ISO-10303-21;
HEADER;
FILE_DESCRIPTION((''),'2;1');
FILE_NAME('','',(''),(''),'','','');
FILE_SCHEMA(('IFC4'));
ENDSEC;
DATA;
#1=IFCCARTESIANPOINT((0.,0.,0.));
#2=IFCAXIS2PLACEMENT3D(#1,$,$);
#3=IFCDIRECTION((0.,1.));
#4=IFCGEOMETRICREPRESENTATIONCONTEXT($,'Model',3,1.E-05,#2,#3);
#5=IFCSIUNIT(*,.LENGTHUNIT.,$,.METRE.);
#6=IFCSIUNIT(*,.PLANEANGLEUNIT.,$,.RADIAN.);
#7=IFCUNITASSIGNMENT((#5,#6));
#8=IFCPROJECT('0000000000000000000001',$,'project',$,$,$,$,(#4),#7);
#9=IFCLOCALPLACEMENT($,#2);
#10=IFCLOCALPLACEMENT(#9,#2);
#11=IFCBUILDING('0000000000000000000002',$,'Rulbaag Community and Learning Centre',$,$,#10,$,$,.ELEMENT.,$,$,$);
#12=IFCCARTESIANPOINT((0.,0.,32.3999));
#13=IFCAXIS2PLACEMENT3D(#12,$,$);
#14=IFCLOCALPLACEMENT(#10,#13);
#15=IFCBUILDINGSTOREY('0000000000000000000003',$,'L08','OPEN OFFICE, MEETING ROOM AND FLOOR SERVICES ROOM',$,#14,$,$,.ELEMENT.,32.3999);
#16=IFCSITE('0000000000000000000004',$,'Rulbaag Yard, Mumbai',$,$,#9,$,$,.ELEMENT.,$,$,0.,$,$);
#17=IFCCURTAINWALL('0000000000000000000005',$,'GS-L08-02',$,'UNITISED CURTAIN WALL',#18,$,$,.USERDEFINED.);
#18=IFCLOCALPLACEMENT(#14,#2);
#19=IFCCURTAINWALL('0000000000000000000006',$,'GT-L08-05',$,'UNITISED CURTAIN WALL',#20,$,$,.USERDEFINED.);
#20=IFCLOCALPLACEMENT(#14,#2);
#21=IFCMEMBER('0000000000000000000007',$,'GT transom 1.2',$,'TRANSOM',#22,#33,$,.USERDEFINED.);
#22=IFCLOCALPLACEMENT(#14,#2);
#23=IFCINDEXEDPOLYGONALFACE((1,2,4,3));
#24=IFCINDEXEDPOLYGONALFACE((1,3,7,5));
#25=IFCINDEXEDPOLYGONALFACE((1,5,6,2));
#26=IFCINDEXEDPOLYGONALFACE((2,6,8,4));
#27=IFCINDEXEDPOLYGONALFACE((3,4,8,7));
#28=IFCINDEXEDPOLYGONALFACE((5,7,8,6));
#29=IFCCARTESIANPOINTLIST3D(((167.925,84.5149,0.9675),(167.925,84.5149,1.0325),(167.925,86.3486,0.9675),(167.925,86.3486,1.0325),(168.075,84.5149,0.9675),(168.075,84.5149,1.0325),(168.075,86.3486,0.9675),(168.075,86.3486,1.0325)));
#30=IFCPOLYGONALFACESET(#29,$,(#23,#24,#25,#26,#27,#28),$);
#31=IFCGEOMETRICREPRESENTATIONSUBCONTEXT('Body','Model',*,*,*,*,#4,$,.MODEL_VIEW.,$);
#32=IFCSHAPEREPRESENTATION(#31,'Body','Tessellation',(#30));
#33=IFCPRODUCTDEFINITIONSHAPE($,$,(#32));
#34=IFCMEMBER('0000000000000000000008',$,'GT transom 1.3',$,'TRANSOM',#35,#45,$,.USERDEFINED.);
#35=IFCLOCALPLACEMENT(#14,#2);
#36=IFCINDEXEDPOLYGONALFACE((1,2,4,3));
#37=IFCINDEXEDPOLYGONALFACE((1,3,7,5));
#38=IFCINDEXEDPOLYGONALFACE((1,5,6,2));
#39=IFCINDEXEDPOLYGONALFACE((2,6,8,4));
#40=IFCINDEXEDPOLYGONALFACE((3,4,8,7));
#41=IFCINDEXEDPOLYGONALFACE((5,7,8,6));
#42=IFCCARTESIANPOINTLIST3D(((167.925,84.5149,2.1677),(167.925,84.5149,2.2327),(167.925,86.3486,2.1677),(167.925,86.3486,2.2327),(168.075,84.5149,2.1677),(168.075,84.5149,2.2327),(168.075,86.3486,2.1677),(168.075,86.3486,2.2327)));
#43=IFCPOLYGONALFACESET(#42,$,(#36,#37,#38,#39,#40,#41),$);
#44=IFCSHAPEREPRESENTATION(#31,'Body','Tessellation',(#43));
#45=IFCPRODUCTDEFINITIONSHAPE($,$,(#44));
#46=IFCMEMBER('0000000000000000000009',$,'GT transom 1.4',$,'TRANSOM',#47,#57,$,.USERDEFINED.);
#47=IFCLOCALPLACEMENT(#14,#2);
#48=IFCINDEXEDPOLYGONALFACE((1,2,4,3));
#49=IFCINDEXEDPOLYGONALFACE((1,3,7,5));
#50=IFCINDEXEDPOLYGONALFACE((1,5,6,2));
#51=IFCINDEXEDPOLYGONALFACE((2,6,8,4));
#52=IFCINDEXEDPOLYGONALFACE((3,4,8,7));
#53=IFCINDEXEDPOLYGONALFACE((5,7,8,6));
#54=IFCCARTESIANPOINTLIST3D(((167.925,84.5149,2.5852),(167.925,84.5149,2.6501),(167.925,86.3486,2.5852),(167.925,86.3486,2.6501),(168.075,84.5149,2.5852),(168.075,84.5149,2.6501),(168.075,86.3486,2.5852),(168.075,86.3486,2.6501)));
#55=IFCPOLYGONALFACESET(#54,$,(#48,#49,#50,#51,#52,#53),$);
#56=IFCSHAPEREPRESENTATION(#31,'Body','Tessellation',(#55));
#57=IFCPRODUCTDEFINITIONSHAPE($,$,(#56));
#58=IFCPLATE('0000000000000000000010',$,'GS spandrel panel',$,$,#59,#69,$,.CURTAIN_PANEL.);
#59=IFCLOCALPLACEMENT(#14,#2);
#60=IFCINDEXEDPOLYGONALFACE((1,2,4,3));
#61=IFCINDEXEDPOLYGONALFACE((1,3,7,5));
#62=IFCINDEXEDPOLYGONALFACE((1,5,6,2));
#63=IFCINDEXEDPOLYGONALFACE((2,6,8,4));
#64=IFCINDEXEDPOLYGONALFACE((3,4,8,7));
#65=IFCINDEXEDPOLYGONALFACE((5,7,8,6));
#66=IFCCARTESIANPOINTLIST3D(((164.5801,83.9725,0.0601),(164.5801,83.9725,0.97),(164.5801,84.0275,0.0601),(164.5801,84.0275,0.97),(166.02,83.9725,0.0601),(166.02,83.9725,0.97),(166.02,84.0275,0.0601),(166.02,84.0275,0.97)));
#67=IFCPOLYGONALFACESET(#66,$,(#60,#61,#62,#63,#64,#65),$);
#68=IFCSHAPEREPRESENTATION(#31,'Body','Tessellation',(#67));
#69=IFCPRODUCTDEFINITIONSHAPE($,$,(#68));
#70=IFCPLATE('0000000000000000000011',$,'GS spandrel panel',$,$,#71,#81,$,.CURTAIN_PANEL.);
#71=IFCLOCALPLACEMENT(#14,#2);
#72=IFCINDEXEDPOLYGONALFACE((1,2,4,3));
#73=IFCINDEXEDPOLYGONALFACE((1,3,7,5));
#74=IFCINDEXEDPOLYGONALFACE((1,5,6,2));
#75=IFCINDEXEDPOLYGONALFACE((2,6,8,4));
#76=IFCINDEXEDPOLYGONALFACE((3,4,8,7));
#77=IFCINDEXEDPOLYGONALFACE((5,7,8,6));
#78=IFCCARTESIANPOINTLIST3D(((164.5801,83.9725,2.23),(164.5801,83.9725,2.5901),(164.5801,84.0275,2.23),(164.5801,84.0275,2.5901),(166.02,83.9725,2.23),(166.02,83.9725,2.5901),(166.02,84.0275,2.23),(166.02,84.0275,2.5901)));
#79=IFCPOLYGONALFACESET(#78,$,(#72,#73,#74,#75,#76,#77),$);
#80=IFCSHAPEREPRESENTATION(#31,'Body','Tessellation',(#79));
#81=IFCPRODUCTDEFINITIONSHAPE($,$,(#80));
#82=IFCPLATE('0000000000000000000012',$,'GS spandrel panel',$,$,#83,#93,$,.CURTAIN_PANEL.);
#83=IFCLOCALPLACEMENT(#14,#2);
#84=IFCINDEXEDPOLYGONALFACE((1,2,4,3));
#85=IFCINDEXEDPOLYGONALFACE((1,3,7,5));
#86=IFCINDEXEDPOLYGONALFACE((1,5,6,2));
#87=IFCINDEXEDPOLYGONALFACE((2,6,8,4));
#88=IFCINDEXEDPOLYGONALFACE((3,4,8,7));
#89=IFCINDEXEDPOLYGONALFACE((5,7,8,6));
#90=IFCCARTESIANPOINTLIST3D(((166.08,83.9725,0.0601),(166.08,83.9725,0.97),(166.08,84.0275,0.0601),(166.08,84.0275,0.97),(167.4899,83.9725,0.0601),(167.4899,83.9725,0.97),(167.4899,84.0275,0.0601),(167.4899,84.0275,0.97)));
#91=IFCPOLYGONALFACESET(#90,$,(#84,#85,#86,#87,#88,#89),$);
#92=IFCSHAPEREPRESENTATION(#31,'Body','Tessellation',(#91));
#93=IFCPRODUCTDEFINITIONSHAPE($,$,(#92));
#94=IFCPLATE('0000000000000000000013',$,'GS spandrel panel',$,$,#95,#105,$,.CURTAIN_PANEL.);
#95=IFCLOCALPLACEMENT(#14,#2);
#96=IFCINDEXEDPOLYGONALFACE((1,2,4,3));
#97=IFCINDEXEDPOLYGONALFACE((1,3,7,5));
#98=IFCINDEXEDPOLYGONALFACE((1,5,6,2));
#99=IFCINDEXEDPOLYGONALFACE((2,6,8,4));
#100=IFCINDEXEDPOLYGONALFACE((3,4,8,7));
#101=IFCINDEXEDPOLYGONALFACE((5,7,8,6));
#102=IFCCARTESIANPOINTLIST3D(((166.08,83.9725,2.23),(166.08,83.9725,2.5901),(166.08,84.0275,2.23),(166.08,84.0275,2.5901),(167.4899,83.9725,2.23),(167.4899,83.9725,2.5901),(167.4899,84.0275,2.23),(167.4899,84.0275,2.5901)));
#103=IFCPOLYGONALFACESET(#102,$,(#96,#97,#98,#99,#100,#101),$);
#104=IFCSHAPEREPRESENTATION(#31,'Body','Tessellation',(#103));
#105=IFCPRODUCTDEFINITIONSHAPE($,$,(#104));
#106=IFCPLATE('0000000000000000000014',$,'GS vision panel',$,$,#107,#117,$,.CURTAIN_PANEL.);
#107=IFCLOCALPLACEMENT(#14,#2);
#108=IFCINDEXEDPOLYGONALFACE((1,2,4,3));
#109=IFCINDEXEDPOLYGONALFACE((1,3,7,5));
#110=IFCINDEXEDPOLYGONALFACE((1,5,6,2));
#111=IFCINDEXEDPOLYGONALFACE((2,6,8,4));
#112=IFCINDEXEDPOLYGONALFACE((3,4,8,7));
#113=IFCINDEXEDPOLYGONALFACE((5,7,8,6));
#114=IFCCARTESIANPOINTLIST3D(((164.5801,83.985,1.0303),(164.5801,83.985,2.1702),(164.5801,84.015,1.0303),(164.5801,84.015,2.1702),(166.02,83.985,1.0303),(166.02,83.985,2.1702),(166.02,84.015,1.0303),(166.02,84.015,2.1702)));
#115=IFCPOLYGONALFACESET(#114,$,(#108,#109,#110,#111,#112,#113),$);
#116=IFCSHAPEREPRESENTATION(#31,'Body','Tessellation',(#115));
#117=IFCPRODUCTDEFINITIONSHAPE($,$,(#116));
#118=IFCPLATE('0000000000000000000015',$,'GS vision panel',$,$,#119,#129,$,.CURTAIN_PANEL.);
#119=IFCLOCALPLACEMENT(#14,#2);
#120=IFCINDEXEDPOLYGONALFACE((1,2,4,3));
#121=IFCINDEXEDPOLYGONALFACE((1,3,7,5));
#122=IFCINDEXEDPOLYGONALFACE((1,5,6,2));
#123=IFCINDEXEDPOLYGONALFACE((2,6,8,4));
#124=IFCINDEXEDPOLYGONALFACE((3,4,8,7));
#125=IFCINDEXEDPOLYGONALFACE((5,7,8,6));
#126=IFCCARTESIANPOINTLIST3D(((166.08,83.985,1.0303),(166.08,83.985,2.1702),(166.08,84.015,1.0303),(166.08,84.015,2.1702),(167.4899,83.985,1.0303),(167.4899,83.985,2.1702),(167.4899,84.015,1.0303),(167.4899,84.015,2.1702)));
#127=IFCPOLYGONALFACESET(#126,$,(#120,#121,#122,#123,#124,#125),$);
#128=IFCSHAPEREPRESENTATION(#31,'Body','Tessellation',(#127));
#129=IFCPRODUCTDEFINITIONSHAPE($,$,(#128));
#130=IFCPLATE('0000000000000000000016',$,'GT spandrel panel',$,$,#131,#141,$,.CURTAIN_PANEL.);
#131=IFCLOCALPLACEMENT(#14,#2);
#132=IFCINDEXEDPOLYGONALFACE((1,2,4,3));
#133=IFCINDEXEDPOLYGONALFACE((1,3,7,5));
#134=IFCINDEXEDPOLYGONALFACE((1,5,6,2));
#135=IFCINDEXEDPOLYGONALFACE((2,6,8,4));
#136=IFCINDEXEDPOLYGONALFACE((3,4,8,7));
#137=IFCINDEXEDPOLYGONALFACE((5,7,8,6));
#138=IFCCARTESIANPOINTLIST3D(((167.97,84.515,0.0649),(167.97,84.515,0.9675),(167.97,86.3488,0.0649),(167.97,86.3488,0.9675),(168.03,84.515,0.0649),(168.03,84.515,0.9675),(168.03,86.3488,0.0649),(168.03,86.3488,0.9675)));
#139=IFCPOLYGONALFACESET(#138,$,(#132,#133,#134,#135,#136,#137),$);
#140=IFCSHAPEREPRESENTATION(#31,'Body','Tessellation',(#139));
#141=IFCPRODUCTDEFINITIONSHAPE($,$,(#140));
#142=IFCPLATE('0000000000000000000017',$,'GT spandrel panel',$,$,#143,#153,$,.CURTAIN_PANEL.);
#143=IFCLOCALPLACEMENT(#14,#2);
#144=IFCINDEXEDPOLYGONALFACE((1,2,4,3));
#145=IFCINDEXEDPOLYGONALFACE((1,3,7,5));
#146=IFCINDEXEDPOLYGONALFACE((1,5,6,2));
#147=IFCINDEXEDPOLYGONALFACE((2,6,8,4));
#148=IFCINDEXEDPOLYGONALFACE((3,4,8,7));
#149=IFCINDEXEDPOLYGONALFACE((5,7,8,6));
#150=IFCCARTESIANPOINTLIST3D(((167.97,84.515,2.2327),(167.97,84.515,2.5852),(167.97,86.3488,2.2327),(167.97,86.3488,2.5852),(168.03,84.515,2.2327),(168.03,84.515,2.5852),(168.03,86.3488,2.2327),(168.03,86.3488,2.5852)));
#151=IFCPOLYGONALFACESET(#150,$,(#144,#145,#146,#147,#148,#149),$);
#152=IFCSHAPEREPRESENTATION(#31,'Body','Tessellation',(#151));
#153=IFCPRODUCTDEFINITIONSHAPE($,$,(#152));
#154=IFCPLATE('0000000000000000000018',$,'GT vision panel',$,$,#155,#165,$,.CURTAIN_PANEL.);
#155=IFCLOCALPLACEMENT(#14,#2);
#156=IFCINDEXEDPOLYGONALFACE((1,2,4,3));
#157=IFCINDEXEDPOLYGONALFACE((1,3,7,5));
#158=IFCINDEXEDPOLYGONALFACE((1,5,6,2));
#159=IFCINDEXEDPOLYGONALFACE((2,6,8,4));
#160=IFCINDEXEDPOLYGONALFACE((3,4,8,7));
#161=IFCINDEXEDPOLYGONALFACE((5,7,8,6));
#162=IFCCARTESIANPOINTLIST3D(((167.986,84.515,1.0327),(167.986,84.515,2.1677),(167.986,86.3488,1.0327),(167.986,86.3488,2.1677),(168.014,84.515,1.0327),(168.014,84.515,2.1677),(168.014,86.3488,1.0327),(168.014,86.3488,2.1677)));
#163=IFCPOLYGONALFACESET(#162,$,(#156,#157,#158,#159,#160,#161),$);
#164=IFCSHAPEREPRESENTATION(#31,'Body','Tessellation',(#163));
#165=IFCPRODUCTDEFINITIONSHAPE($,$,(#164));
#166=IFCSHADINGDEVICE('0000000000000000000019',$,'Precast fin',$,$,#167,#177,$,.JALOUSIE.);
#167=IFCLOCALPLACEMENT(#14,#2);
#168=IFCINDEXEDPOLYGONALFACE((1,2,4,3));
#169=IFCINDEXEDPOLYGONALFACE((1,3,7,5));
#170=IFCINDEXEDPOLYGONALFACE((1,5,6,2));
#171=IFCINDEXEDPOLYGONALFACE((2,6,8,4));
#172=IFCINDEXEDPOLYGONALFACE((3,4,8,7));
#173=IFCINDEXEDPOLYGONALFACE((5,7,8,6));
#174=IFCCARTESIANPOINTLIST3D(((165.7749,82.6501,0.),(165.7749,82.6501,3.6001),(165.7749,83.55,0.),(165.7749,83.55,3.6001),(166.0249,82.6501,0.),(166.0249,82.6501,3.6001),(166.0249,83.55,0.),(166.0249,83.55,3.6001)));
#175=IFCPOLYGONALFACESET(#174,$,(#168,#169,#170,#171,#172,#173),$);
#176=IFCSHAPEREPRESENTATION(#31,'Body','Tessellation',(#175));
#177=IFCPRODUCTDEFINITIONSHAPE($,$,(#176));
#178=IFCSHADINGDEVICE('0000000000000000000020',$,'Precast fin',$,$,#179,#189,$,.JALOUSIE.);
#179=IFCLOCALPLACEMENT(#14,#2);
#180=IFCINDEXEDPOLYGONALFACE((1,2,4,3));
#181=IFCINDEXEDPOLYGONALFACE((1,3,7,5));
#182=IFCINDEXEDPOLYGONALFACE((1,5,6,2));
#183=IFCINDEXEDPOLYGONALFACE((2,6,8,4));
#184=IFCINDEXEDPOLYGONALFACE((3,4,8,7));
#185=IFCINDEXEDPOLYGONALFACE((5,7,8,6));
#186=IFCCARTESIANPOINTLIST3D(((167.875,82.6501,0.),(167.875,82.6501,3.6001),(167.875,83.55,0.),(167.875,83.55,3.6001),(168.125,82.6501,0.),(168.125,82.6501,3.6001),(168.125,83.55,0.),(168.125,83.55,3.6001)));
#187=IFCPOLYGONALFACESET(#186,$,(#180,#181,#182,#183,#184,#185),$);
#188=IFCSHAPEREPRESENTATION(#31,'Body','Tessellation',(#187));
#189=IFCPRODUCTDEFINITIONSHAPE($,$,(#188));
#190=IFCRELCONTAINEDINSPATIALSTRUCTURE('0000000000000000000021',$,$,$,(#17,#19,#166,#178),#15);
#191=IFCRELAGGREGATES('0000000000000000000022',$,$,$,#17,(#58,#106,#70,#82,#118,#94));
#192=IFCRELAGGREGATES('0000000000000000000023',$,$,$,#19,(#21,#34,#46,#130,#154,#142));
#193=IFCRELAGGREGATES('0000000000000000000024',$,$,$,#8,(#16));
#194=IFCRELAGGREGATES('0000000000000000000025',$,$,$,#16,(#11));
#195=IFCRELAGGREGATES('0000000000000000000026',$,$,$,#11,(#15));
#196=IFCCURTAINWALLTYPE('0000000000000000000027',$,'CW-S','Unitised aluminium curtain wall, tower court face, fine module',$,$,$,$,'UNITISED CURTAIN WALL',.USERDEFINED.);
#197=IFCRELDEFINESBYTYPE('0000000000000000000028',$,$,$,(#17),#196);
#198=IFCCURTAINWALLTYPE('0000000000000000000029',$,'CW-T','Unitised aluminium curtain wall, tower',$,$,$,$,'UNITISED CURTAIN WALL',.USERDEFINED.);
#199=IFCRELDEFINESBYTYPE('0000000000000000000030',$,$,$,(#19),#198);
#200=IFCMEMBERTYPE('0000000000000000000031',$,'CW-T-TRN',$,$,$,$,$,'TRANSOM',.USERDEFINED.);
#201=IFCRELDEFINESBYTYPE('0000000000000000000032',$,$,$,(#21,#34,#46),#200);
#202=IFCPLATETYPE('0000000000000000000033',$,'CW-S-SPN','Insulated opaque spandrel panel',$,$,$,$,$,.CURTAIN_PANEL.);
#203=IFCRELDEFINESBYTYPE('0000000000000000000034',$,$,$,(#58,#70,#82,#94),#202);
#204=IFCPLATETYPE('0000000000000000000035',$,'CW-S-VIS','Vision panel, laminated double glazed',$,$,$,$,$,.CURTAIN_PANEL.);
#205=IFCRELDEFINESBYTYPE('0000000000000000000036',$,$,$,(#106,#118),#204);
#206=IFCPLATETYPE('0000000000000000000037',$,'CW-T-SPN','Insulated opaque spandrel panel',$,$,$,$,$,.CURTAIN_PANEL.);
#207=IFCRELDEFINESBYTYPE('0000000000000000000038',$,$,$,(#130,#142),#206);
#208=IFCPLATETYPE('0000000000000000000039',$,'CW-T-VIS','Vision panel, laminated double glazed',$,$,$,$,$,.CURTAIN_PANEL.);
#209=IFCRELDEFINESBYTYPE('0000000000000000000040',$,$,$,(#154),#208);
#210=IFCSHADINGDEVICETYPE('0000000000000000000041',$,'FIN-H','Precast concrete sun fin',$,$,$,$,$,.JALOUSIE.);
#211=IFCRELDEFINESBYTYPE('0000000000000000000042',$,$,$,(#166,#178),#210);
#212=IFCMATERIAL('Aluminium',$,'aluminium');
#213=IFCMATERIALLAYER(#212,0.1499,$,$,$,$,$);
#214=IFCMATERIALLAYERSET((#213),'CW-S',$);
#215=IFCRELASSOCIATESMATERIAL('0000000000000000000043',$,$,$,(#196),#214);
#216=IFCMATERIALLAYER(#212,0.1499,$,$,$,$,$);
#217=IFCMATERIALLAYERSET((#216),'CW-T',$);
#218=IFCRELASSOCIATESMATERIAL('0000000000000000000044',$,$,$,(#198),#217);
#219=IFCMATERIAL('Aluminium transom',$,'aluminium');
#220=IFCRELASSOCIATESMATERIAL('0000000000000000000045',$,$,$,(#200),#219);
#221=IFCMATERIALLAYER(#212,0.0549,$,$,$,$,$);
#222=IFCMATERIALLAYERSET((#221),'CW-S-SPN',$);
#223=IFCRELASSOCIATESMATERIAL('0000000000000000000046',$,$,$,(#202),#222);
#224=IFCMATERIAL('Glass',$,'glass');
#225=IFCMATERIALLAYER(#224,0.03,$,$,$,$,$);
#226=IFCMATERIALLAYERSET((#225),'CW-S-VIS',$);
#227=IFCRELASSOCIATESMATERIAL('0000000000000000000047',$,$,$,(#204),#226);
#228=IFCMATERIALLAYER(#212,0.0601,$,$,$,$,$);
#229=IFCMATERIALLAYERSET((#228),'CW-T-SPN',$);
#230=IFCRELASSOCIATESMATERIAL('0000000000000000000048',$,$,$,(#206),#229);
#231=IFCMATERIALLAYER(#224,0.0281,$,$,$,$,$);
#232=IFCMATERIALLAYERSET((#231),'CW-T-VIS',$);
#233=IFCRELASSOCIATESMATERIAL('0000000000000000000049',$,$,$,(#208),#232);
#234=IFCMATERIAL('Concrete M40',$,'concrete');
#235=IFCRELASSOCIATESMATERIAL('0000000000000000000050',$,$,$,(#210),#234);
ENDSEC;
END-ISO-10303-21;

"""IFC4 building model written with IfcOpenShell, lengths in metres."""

from ifc_helpers import new_model, si_unit, direction, frame, origin, origin_2d, place, context, subcontext, project, spatial, rectangle, extrude, material, layer, layer_set, material_profile, profile_set, type_object, element, aggregate, save


model = new_model("IFC4")

# Units and contexts
model_context = context("Model", 3, precision=1e-05, world=origin(), true_north=direction((0.0, 1.0)))
body_context = subcontext(model_context, "Body", "Model", "MODEL_VIEW")
ifc_project = project(units=[si_unit("LENGTHUNIT", "METRE"), si_unit("PLANEANGLEUNIT", "RADIAN")], contexts=[model_context])

# Site, building, storey
site_placement = place(None, origin())
site = spatial("IfcSite", under=ifc_project, at=site_placement, Name="Rulbaag Yard, Mumbai", CompositionType="ELEMENT", RefElevation=0.0)
building_placement = place(site_placement, origin())
building = spatial("IfcBuilding", under=site, at=building_placement, Name="Rulbaag Community and Learning Centre", CompositionType="ELEMENT")
storey_placement = place(building_placement, frame((0.0, 0.0, 32.3999)))
storey = spatial("IfcBuildingStorey", under=building, at=storey_placement, Name="L08", Description="OPEN OFFICE, MEETING ROOM AND FLOOR SERVICES ROOM", CompositionType="ELEMENT", Elevation=32.3999)

# Shared definitions
ifc_material_1 = material(Name="Concrete M40", Category="concrete")

# Curtain walls, members
ifc_material_2 = material(Name="Aluminium", Category="aluminium")
ifc_layer_1 = layer(ifc_material_2, 0.1499)
ifc_layer_set_1 = layer_set([ifc_layer_1], Name="CW-S")
curtain_wall_type_1 = type_object("IfcCurtainWallType", Name="CW-S", Description="Unitised aluminium curtain wall, tower court face, fine module", ElementType="UNITISED CURTAIN WALL", PredefinedType="USERDEFINED", material=ifc_layer_set_1)
curtain_wall_1_placement = place(storey_placement, origin())
curtain_wall_1 = element("IfcCurtainWall", 1, at=curtain_wall_1_placement, inside=storey, type_object=curtain_wall_type_1, Name="GS-L08-02", ObjectType="UNITISED CURTAIN WALL", PredefinedType="USERDEFINED")
ifc_material_3 = material(Name="Aluminium transom", Category="aluminium")
ifc_layer_2 = layer(ifc_material_2, 0.1499)
ifc_layer_set_2 = layer_set([ifc_layer_2], Name="CW-T")
curtain_wall_type_2 = type_object("IfcCurtainWallType", Name="CW-T", Description="Unitised aluminium curtain wall, tower", ElementType="UNITISED CURTAIN WALL", PredefinedType="USERDEFINED", material=ifc_layer_set_2)
curtain_wall_2_placement = place(storey_placement, origin())
curtain_wall_2 = element("IfcCurtainWall", 2, at=curtain_wall_2_placement, inside=storey, type_object=curtain_wall_type_2, Name="GT-L08-05", ObjectType="UNITISED CURTAIN WALL", PredefinedType="USERDEFINED")
ifc_material_profile_1 = material_profile(ifc_material_3, rectangle(XDim=0.1499, YDim=0.0649, at=origin_2d()), Name="AL 65x150 T")
ifc_profile_set_1 = profile_set([ifc_material_profile_1], Name="Aluminium transom")
member_type_1 = type_object("IfcMemberType", Name="CW-T-TRN", ElementType="TRANSOM", PredefinedType="USERDEFINED", material=ifc_profile_set_1)
member_1_placement = place(storey_placement, frame((168.0, 84.5149, 1.0), z_axis=(0.0, 1.0, 0.0), x_axis=(-1.0, 0.0, 0.0)))
member_1 = element("IfcMember", 3, at=member_1_placement, type_object=member_type_1, Name="GT transom 1.2", ObjectType="TRANSOM", PredefinedType="USERDEFINED", context=body_context, shape_type="SweptSolid", body=[
    extrude(rectangle(XDim=0.1499, YDim=0.0649, at=origin_2d()), origin(), (0.0, 0.0, 1.0), 1.8337),
])
member_2_placement = place(storey_placement, frame((168.0, 84.5149, 2.2002), z_axis=(0.0, 1.0, 0.0), x_axis=(-1.0, 0.0, 0.0)))
member_2 = element("IfcMember", 4, at=member_2_placement, type_object=member_type_1, Name="GT transom 1.3", ObjectType="TRANSOM", PredefinedType="USERDEFINED", context=body_context, shape_type="SweptSolid", body=[
    extrude(rectangle(XDim=0.1499, YDim=0.0649, at=origin_2d()), origin(), (0.0, 0.0, 1.0), 1.8337),
])
member_3_placement = place(storey_placement, frame((168.0, 84.5149, 2.6177), z_axis=(0.0, 1.0, 0.0), x_axis=(-1.0, 0.0, 0.0)))
member_3 = element("IfcMember", 5, at=member_3_placement, type_object=member_type_1, Name="GT transom 1.4", ObjectType="TRANSOM", PredefinedType="USERDEFINED", context=body_context, shape_type="SweptSolid", body=[
    extrude(rectangle(XDim=0.1499, YDim=0.0649, at=origin_2d()), origin(), (0.0, 0.0, 1.0), 1.8337),
])

# Plates
ifc_layer_3 = layer(ifc_material_2, 0.0549)
ifc_layer_set_3 = layer_set([ifc_layer_3], Name="CW-S-SPN")
plate_type_1 = type_object("IfcPlateType", Name="CW-S-SPN", Description="Insulated opaque spandrel panel", PredefinedType="CURTAIN_PANEL", material=ifc_layer_set_3)
plate_1_placement = place(storey_placement, frame((165.3, 84.0, 0.0601), z_axis=(0.0, 0.0, 1.0), x_axis=(1.0, 0.0, 0.0)))
plate_1 = element("IfcPlate", 6, at=plate_1_placement, type_object=plate_type_1, Name="GS spandrel panel", PredefinedType="CURTAIN_PANEL", context=body_context, shape_type="SweptSolid", body=[
    extrude(rectangle(XDim=1.4399, YDim=0.0549, at=origin_2d()), origin(), (0.0, 0.0, 1.0), 0.9099),
])
plate_2_placement = place(storey_placement, frame((165.3, 84.0, 2.23), z_axis=(0.0, 0.0, 1.0), x_axis=(1.0, 0.0, 0.0)))
plate_2 = element("IfcPlate", 7, at=plate_2_placement, type_object=plate_type_1, Name="GS spandrel panel", PredefinedType="CURTAIN_PANEL", context=body_context, shape_type="SweptSolid", body=[
    extrude(rectangle(XDim=1.4399, YDim=0.0549, at=origin_2d()), origin(), (0.0, 0.0, 1.0), 0.3601),
])
plate_3_placement = place(storey_placement, frame((166.7849, 84.0, 0.0601), z_axis=(0.0, 0.0, 1.0), x_axis=(1.0, 0.0, 0.0)))
plate_3 = element("IfcPlate", 8, at=plate_3_placement, type_object=plate_type_1, Name="GS spandrel panel", PredefinedType="CURTAIN_PANEL", context=body_context, shape_type="SweptSolid", body=[
    extrude(rectangle(XDim=1.4099, YDim=0.0549, at=origin_2d()), origin(), (0.0, 0.0, 1.0), 0.9099),
])
plate_4_placement = place(storey_placement, frame((166.7849, 84.0, 2.23), z_axis=(0.0, 0.0, 1.0), x_axis=(1.0, 0.0, 0.0)))
plate_4 = element("IfcPlate", 9, at=plate_4_placement, type_object=plate_type_1, Name="GS spandrel panel", PredefinedType="CURTAIN_PANEL", context=body_context, shape_type="SweptSolid", body=[
    extrude(rectangle(XDim=1.4099, YDim=0.0549, at=origin_2d()), origin(), (0.0, 0.0, 1.0), 0.3601),
])
ifc_material_4 = material(Name="Glass", Category="glass")
ifc_layer_4 = layer(ifc_material_4, 0.03)
ifc_layer_set_4 = layer_set([ifc_layer_4], Name="CW-S-VIS")
plate_type_2 = type_object("IfcPlateType", Name="CW-S-VIS", Description="Vision panel, laminated double glazed", PredefinedType="CURTAIN_PANEL", material=ifc_layer_set_4)
plate_5_placement = place(storey_placement, frame((165.3, 84.0, 1.0303), z_axis=(0.0, 0.0, 1.0), x_axis=(1.0, 0.0, 0.0)))
plate_5 = element("IfcPlate", 10, at=plate_5_placement, type_object=plate_type_2, Name="GS vision panel", PredefinedType="CURTAIN_PANEL", context=body_context, shape_type="SweptSolid", body=[
    extrude(rectangle(XDim=1.4399, YDim=0.03, at=origin_2d()), origin(), (0.0, 0.0, 1.0), 1.1399),
])
plate_6_placement = place(storey_placement, frame((166.7849, 84.0, 1.0303), z_axis=(0.0, 0.0, 1.0), x_axis=(1.0, 0.0, 0.0)))
plate_6 = element("IfcPlate", 11, at=plate_6_placement, type_object=plate_type_2, Name="GS vision panel", PredefinedType="CURTAIN_PANEL", context=body_context, shape_type="SweptSolid", body=[
    extrude(rectangle(XDim=1.4099, YDim=0.03, at=origin_2d()), origin(), (0.0, 0.0, 1.0), 1.1399),
])
aggregate(curtain_wall_1, [plate_1, plate_5, plate_2, plate_3, plate_6, plate_4])
ifc_layer_5 = layer(ifc_material_2, 0.0601)
ifc_layer_set_5 = layer_set([ifc_layer_5], Name="CW-T-SPN")
plate_type_3 = type_object("IfcPlateType", Name="CW-T-SPN", Description="Insulated opaque spandrel panel", PredefinedType="CURTAIN_PANEL", material=ifc_layer_set_5)
plate_7_placement = place(storey_placement, frame((168.0, 85.4319, 0.0649), z_axis=(0.0, 0.0, 1.0), x_axis=(0.0, 1.0, 0.0)))
plate_7 = element("IfcPlate", 12, at=plate_7_placement, type_object=plate_type_3, Name="GT spandrel panel", PredefinedType="CURTAIN_PANEL", context=body_context, shape_type="SweptSolid", body=[
    extrude(rectangle(XDim=1.8337, YDim=0.0601, at=origin_2d()), origin(), (0.0, 0.0, 1.0), 0.9026),
])
plate_8_placement = place(storey_placement, frame((168.0, 85.4319, 2.2327), z_axis=(0.0, 0.0, 1.0), x_axis=(0.0, 1.0, 0.0)))
plate_8 = element("IfcPlate", 13, at=plate_8_placement, type_object=plate_type_3, Name="GT spandrel panel", PredefinedType="CURTAIN_PANEL", context=body_context, shape_type="SweptSolid", body=[
    extrude(rectangle(XDim=1.8337, YDim=0.0601, at=origin_2d()), origin(), (0.0, 0.0, 1.0), 0.3525),
])
ifc_layer_6 = layer(ifc_material_4, 0.0281)
ifc_layer_set_6 = layer_set([ifc_layer_6], Name="CW-T-VIS")
plate_type_4 = type_object("IfcPlateType", Name="CW-T-VIS", Description="Vision panel, laminated double glazed", PredefinedType="CURTAIN_PANEL", material=ifc_layer_set_6)
plate_9_placement = place(storey_placement, frame((168.0, 85.4319, 1.0327), z_axis=(0.0, 0.0, 1.0), x_axis=(0.0, 1.0, 0.0)))
plate_9 = element("IfcPlate", 14, at=plate_9_placement, type_object=plate_type_4, Name="GT vision panel", PredefinedType="CURTAIN_PANEL", context=body_context, shape_type="SweptSolid", body=[
    extrude(rectangle(XDim=1.8337, YDim=0.0281, at=origin_2d()), origin(), (0.0, 0.0, 1.0), 1.135),
])
aggregate(curtain_wall_2, [member_1, member_2, member_3, plate_7, plate_9, plate_8])

# Shading devices
ifc_material_profile_2 = material_profile(ifc_material_1, rectangle(XDim=0.25, YDim=0.8999, at=origin_2d()), Name="PC 250x900")
ifc_profile_set_2 = profile_set([ifc_material_profile_2], Name="Concrete M40")
shading_device_type = type_object("IfcShadingDeviceType", Name="FIN-H", Description="Precast concrete sun fin", PredefinedType="JALOUSIE", material=ifc_profile_set_2)
for number, where, z_axis, x_axis, name in (
    (15, (165.8999, 83.1001, 0.0), (0.0, 0.0, 1.0), (1.0, 0.0, 0.0), "Precast fin"),
    (16, (168.0, 83.1001, 0.0), (0.0, 0.0, 1.0), (1.0, 0.0, 0.0), "Precast fin"),
):
    element("IfcShadingDevice", number, at=place(storey_placement, frame(where, z_axis=z_axis, x_axis=x_axis)), inside=storey, type_object=shading_device_type, Name=name, PredefinedType="JALOUSIE", context=body_context, shape_type="SweptSolid", body=[
        extrude(rectangle(XDim=0.25, YDim=0.8999, at=origin_2d()), origin(), (0.0, 0.0, 1.0), 3.6001),
    ])

save(model, "model.ifc")
